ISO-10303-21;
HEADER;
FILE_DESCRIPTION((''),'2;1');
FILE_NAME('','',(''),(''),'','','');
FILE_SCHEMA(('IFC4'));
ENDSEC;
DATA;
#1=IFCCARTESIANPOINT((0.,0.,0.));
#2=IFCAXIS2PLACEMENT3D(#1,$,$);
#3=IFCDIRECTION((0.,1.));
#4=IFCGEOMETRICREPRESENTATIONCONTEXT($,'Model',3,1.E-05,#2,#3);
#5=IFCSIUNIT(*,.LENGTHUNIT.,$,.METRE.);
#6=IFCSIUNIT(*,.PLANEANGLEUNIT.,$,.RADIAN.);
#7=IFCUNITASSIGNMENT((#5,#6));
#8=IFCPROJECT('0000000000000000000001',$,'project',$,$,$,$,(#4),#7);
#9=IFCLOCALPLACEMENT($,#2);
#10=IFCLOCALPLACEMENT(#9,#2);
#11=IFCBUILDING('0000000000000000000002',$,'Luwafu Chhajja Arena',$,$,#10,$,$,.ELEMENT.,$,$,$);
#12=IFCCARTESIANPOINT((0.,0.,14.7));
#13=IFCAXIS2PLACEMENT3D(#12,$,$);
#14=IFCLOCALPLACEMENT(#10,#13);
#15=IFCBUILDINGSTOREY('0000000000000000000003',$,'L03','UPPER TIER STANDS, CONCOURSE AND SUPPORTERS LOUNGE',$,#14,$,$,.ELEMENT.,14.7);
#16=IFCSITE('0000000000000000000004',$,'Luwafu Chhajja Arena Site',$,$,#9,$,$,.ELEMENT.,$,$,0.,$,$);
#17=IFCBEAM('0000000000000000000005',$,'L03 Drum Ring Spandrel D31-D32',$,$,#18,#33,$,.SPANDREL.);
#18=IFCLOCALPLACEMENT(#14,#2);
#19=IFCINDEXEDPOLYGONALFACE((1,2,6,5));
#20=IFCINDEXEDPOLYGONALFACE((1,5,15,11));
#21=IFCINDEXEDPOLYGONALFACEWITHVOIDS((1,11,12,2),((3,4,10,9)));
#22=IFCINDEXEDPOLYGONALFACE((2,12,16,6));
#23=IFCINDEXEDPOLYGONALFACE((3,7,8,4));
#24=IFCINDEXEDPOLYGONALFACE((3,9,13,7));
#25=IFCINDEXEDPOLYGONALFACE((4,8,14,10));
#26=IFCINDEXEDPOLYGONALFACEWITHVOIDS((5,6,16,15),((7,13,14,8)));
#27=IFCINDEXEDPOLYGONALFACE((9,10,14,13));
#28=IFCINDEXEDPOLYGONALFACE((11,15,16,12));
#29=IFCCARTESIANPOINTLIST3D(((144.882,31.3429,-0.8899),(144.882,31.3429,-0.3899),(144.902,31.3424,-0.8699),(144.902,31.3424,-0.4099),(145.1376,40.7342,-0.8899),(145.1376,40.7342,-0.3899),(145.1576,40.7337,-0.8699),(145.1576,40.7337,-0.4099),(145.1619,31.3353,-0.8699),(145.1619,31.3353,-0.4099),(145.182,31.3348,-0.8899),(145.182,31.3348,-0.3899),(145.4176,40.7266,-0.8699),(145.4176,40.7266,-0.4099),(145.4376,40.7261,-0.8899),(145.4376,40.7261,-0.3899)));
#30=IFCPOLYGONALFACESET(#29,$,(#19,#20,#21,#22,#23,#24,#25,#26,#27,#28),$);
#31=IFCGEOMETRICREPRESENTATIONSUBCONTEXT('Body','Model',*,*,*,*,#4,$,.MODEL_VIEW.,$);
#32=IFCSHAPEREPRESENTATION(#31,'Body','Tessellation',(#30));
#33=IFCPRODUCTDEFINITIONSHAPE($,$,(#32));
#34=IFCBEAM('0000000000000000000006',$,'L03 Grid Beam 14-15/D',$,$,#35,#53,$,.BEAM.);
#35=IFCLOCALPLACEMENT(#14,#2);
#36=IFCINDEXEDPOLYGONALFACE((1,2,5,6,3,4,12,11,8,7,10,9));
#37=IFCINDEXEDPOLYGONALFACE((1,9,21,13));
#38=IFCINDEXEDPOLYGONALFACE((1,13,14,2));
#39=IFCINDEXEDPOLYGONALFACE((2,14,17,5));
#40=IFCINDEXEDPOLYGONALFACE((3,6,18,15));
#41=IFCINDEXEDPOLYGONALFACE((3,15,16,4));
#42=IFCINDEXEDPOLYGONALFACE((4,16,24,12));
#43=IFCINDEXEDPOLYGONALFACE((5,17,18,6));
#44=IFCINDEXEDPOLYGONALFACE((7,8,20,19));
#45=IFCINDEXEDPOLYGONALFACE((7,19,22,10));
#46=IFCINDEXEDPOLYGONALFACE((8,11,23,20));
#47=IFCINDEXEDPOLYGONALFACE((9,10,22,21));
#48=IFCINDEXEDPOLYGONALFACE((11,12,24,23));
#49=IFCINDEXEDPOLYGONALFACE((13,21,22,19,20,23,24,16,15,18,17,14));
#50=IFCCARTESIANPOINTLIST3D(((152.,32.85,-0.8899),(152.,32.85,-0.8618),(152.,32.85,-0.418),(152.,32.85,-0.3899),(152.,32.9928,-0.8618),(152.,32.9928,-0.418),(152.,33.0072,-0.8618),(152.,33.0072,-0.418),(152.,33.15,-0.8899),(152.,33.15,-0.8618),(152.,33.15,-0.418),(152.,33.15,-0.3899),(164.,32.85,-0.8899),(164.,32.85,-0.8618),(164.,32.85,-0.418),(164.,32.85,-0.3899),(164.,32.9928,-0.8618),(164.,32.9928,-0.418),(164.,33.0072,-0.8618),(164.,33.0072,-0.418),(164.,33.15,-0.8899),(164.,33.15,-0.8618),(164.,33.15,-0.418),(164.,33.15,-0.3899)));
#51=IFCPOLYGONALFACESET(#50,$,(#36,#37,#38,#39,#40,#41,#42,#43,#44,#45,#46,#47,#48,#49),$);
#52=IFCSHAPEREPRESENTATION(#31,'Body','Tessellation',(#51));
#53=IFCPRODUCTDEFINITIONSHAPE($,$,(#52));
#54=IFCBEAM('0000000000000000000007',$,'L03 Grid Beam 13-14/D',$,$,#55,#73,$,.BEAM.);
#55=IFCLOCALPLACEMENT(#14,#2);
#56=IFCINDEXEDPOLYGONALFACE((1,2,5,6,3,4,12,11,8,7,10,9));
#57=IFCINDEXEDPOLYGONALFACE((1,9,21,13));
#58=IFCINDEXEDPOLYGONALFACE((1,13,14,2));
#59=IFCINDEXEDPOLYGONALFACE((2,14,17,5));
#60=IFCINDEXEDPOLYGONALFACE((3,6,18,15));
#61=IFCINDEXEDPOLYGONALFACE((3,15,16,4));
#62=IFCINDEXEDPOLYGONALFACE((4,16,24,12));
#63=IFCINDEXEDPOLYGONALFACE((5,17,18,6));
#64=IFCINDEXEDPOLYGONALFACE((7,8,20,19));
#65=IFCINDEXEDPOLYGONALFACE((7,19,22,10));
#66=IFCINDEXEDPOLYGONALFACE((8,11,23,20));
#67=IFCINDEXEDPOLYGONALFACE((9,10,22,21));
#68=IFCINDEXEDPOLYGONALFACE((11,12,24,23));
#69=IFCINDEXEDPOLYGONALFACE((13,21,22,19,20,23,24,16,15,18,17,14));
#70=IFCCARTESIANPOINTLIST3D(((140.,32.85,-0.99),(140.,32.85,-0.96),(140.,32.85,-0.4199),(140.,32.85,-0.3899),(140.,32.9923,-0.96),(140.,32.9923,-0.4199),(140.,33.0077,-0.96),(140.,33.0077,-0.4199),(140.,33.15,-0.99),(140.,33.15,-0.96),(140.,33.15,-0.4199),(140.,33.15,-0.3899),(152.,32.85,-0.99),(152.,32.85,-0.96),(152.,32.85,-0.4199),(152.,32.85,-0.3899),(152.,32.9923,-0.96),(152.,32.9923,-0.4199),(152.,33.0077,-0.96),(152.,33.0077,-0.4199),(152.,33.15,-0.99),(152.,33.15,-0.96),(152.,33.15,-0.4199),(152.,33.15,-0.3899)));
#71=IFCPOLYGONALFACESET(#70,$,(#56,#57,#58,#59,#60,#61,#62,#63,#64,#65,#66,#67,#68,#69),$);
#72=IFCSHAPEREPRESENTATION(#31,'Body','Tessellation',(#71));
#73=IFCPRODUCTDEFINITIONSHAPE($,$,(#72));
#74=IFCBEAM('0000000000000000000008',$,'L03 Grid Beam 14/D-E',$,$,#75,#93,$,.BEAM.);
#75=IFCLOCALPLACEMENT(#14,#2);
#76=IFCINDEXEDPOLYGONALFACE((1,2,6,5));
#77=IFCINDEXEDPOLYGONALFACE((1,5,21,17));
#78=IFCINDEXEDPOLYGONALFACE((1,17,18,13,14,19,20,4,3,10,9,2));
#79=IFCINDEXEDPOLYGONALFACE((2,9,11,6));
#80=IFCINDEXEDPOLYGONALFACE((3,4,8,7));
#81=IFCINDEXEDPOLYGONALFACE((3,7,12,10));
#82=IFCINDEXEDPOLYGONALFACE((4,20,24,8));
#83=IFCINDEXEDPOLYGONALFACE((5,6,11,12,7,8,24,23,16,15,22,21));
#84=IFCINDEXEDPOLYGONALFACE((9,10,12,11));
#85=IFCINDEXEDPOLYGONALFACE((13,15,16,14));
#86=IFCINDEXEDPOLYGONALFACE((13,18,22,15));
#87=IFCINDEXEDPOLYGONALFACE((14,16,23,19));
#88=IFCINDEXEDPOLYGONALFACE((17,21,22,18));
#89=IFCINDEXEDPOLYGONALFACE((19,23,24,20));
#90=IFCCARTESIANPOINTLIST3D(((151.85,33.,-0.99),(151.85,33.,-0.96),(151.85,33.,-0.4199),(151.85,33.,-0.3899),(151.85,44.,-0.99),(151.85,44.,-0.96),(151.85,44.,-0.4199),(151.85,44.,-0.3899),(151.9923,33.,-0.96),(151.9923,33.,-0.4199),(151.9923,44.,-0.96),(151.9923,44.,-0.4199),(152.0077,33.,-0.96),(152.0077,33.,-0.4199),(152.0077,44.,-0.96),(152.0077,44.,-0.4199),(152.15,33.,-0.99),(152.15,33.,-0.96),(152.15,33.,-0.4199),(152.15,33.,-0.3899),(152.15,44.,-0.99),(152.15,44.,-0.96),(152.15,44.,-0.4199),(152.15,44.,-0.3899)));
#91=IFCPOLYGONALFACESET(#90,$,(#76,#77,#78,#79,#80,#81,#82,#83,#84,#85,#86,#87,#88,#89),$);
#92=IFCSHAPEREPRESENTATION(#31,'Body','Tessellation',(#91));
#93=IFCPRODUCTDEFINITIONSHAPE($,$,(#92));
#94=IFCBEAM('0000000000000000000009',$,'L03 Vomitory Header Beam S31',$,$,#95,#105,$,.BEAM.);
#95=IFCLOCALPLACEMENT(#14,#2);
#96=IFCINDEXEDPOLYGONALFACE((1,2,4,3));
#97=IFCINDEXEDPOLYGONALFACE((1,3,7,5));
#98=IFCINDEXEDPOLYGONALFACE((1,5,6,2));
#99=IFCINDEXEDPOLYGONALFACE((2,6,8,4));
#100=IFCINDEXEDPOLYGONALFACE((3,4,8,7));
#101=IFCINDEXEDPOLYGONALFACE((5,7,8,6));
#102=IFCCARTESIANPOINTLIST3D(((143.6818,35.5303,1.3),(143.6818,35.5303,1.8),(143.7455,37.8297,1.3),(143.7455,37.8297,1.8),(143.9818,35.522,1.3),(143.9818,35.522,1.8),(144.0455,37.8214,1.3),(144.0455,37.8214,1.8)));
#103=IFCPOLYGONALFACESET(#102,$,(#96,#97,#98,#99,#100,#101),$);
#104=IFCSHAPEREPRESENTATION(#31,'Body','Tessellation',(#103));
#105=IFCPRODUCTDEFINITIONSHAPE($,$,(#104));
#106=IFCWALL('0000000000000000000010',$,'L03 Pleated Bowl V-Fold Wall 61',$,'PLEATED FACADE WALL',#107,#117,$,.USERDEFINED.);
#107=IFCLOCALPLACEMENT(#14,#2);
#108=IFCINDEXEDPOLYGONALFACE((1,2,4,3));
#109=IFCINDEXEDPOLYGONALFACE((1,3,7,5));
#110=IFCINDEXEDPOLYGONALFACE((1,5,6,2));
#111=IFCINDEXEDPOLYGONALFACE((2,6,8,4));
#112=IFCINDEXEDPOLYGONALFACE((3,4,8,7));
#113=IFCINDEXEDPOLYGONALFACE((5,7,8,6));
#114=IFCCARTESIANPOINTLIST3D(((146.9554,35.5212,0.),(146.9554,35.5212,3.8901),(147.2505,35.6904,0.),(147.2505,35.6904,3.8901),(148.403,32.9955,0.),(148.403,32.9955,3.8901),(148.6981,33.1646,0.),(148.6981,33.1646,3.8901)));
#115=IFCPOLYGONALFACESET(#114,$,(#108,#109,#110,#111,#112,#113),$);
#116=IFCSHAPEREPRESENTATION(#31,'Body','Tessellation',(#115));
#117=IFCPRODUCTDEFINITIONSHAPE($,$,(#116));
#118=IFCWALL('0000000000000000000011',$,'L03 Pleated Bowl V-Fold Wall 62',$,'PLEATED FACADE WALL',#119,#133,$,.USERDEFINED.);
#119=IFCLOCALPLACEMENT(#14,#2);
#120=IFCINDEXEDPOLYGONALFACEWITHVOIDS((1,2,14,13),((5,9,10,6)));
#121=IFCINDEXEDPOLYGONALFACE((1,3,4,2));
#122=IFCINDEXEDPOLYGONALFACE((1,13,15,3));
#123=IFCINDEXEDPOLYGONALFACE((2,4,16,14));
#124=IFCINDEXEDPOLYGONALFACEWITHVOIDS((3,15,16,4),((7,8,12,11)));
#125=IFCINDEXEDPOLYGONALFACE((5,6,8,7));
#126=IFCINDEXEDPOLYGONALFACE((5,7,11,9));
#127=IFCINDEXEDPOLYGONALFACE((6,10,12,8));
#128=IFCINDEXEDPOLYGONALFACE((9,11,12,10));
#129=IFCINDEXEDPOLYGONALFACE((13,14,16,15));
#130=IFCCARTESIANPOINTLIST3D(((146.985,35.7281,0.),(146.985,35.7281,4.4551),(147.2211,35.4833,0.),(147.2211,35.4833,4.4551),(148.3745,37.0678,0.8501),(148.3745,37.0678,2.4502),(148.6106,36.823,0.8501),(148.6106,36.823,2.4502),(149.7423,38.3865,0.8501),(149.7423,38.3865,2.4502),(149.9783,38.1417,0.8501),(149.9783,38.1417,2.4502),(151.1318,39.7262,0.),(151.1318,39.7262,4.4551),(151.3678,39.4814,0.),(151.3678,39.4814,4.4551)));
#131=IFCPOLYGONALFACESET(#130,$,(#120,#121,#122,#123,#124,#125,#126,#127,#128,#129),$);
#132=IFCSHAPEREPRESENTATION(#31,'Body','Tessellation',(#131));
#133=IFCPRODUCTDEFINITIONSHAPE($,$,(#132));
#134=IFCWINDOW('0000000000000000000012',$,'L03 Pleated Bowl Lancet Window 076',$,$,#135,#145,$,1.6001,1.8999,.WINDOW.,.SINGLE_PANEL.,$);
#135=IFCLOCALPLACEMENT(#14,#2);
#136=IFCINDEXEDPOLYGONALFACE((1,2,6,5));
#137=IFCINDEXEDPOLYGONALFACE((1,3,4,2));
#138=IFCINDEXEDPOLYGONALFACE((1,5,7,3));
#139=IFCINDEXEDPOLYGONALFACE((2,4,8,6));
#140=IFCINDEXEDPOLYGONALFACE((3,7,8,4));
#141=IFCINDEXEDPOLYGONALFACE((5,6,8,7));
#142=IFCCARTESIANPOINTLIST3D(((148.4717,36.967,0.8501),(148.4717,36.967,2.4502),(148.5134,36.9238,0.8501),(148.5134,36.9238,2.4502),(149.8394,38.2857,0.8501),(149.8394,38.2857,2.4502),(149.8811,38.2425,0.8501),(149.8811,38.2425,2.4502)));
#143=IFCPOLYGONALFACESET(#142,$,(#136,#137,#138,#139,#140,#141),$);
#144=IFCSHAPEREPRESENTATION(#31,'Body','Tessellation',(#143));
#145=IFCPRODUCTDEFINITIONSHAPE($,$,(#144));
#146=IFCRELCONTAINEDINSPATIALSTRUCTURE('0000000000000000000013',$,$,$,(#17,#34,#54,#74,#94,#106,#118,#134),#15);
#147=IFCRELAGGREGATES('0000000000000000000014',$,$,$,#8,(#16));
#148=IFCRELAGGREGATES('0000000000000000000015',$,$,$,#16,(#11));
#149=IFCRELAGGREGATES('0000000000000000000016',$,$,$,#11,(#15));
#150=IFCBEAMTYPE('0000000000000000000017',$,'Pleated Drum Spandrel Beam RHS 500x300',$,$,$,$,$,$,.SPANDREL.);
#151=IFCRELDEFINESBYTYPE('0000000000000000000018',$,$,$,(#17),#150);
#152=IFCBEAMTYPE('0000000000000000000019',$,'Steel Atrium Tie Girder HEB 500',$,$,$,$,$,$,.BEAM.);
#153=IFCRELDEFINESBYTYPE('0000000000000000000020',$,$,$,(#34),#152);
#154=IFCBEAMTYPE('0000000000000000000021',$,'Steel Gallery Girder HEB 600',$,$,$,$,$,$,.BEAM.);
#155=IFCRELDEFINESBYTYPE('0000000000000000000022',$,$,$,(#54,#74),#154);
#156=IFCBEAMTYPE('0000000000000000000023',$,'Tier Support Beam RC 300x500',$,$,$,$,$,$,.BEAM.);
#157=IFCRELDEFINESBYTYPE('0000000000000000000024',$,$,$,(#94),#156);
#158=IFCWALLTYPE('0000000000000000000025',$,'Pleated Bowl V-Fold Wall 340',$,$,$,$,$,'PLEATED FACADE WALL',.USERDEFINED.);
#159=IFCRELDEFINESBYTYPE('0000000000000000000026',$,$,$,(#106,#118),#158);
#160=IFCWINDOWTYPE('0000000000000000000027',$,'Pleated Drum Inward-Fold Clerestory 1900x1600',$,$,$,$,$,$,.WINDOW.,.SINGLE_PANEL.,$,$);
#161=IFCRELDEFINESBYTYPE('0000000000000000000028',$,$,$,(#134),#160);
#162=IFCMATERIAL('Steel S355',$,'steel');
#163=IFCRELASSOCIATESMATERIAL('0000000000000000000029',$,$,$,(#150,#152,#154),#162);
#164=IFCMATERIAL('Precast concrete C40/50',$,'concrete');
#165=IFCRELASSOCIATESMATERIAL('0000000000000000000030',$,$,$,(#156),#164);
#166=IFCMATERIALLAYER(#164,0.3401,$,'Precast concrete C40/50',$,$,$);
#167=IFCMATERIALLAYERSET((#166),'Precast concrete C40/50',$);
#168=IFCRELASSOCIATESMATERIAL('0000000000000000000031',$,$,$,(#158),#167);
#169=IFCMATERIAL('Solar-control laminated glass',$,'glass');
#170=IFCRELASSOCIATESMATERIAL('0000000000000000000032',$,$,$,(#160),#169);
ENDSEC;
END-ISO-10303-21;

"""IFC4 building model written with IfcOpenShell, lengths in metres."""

from ifc_helpers import new_model, si_unit, direction, frame, frame_2d, origin, origin_2d, place, context, subcontext, project, spatial, rectangle, hollow_rectangle, i_section, extrude, material, layer, layer_set, material_profile, profile_set, type_object, element, fill, save


model = new_model("IFC4")

# Units and contexts
model_context = context("Model", 3, precision=1e-05, world=origin(), true_north=direction((0.0, 1.0)))
body_context = subcontext(model_context, "Body", "Model", "MODEL_VIEW")
ifc_project = project(units=[si_unit("LENGTHUNIT", "METRE"), si_unit("PLANEANGLEUNIT", "RADIAN")], contexts=[model_context])

# Site, building, storey
site_placement = place(None, origin())
site = spatial("IfcSite", under=ifc_project, at=site_placement, Name="Luwafu Chhajja Arena Site", CompositionType="ELEMENT", RefElevation=0.0)
building_placement = place(site_placement, origin())
building = spatial("IfcBuilding", under=site, at=building_placement, Name="Luwafu Chhajja Arena", CompositionType="ELEMENT")
storey_placement = place(building_placement, frame((0.0, 0.0, 14.7)))
storey = spatial("IfcBuildingStorey", under=building, at=storey_placement, Name="L03", Description="UPPER TIER STANDS, CONCOURSE AND SUPPORTERS LOUNGE", CompositionType="ELEMENT", Elevation=14.7)

# Shared definitions
ifc_material_1 = material(Name="Steel S355", Category="steel")

# Beams
ifc_material_profile_1 = material_profile(ifc_material_1, hollow_rectangle(XDim=0.3, YDim=0.5, WallThickness=0.02, at=origin_2d()), Name="RHS 500x300x20")
ifc_profile_set_1 = profile_set([ifc_material_profile_1], Name="Steel S355")
beam_type_1 = type_object("IfcBeamType", Name="Pleated Drum Spandrel Beam RHS 500x300", PredefinedType="SPANDREL", material=ifc_profile_set_1)
beam_1_placement = place(storey_placement, frame((145.032, 31.3389, -0.6399), z_axis=(0.027208, 0.99963, 0.0), x_axis=(-0.99963, 0.027208, 0.0)))
element("IfcBeam", 1, at=beam_1_placement, inside=storey, type_object=beam_type_1, Name="L03 Drum Ring Spandrel D31-D32", PredefinedType="SPANDREL", context=body_context, shape_type="SweptSolid", body=[
    extrude(hollow_rectangle(XDim=0.3, YDim=0.5, WallThickness=0.02, at=origin_2d()), origin(), (0.0, 0.0, 1.0), 9.3948),
])
ifc_material_profile_2 = material_profile(ifc_material_1, i_section(OverallWidth=0.3, OverallDepth=0.5, WebThickness=0.0144, FlangeThickness=0.0281, at=origin_2d()), Name="HEB 500")
ifc_profile_set_2 = profile_set([ifc_material_profile_2], Name="Steel S355")
beam_type_2 = type_object("IfcBeamType", Name="Steel Atrium Tie Girder HEB 500", PredefinedType="BEAM", material=ifc_profile_set_2)
beam_2_placement = place(storey_placement, frame((152.0, 33.0, -0.6399), z_axis=(1.0, 0.0, 0.0), x_axis=(0.0, 1.0, 0.0)))
element("IfcBeam", 2, at=beam_2_placement, inside=storey, type_object=beam_type_2, Name="L03 Grid Beam 14-15/D", PredefinedType="BEAM", context=body_context, shape_type="SweptSolid", body=[
    extrude(i_section(OverallWidth=0.3, OverallDepth=0.5, WebThickness=0.0144, FlangeThickness=0.0281, at=origin_2d()), origin(), (0.0, 0.0, 1.0), 12.0),
])
ifc_material_profile_3 = material_profile(ifc_material_1, i_section(OverallWidth=0.3, OverallDepth=0.6001, WebThickness=0.0154, FlangeThickness=0.03, at=origin_2d()), Name="HEB 600")
ifc_profile_set_3 = profile_set([ifc_material_profile_3], Name="Steel S355")
beam_type_3 = type_object("IfcBeamType", Name="Steel Gallery Girder HEB 600", PredefinedType="BEAM", material=ifc_profile_set_3)
beam_3_placement = place(storey_placement, frame((140.0, 33.0, -0.6899), z_axis=(1.0, 0.0, 0.0), x_axis=(0.0, 1.0, 0.0)))
element("IfcBeam", 3, at=beam_3_placement, inside=storey, type_object=beam_type_3, Name="L03 Grid Beam 13-14/D", PredefinedType="BEAM", context=body_context, shape_type="SweptSolid", body=[
    extrude(i_section(OverallWidth=0.3, OverallDepth=0.6001, WebThickness=0.0154, FlangeThickness=0.03, at=origin_2d()), origin(), (0.0, 0.0, 1.0), 12.0),
])
beam_4_placement = place(storey_placement, frame((152.0, 33.0, -0.6899), z_axis=(0.0, 1.0, 0.0), x_axis=(-1.0, 0.0, 0.0)))
element("IfcBeam", 4, at=beam_4_placement, inside=storey, type_object=beam_type_3, Name="L03 Grid Beam 14/D-E", PredefinedType="BEAM", context=body_context, shape_type="SweptSolid", body=[
    extrude(i_section(OverallWidth=0.3, OverallDepth=0.6001, WebThickness=0.0154, FlangeThickness=0.03, at=origin_2d()), origin(), (0.0, 0.0, 1.0), 11.0),
])
ifc_material_2 = material(Name="Precast concrete C40/50", Category="concrete")
ifc_material_profile_4 = material_profile(ifc_material_2, rectangle(XDim=0.3, YDim=0.5, at=origin_2d()), Name="RC 300x500")
ifc_profile_set_4 = profile_set([ifc_material_profile_4], Name="Precast concrete C40/50")
beam_type_4 = type_object("IfcBeamType", Name="Tier Support Beam RC 300x500", PredefinedType="BEAM", material=ifc_profile_set_4)
beam_5_placement = place(storey_placement, frame((143.8318, 35.5261, 1.55), z_axis=(0.027702, 0.999616, 0.0), x_axis=(-0.999616, 0.027702, 0.0)))
element("IfcBeam", 5, at=beam_5_placement, inside=storey, type_object=beam_type_4, Name="L03 Vomitory Header Beam S31", PredefinedType="BEAM", context=body_context, shape_type="SweptSolid", body=[
    extrude(rectangle(XDim=0.3, YDim=0.5, at=origin_2d()), origin(), (0.0, 0.0, 1.0), 2.3003),
])

# Wall
ifc_layer_1 = layer(ifc_material_2, 0.3401, Name="Precast concrete C40/50")
ifc_layer_set_1 = layer_set([ifc_layer_1], Name="Precast concrete C40/50")
wall_type_1 = type_object("IfcWallType", Name="Pleated Bowl V-Fold Wall 340", ElementType="PLEATED FACADE WALL", PredefinedType="USERDEFINED", material=ifc_layer_set_1)
wall_1_placement = place(storey_placement, frame((148.5505, 33.0801, 0.0), z_axis=(0.0, 0.0, 1.0), x_axis=(-0.497249, 0.867608, 0.0)))
element("IfcWall", 6, at=wall_1_placement, inside=storey, type_object=wall_type_1, Name="L03 Pleated Bowl V-Fold Wall 61", ObjectType="PLEATED FACADE WALL", PredefinedType="USERDEFINED", context=body_context, shape_type="SweptSolid", body=[
    extrude(rectangle(XDim=2.9111, YDim=0.3401, at=frame_2d((1.4556, 0.0))), origin(), (0.0, 0.0, 1.0), 3.8901),
])

# Wall, opening, window
wall_2_placement = place(storey_placement, frame((147.103, 35.6057, 0.0), z_axis=(0.0, 0.0, 1.0), x_axis=(0.719895, 0.694083, 0.0)))
wall_2 = element("IfcWall", 7, at=wall_2_placement, inside=storey, type_object=wall_type_1, Name="L03 Pleated Bowl V-Fold Wall 62", ObjectType="PLEATED FACADE WALL", PredefinedType="USERDEFINED", context=body_context, shape_type="SweptSolid", body=[
    extrude(rectangle(XDim=5.7603, YDim=0.3401, at=frame_2d((2.8801, 0.0))), origin(), (0.0, 0.0, 1.0), 4.4551),
])
opening_1_placement = place(wall_2_placement, frame((1.9302, 0.0, 0.8501)))
opening_1 = element("IfcOpeningElement", 8, at=opening_1_placement, cuts=wall_2, PredefinedType="OPENING", context=body_context, shape_type="SweptSolid", body=[
    extrude(rectangle(XDim=1.8999, YDim=1.6001, at=frame_2d((0.95, 0.8))), frame((0.0, 0.1799, 0.0), z_axis=(0.0, -1.0, 0.0), x_axis=(1.0, 0.0, 0.0)), (0.0, 0.0, 1.0), 0.3601),
])
ifc_material_3 = material(Name="Solar-control laminated glass", Category="glass")
window_type_1 = type_object("IfcWindowType", Name="Pleated Drum Inward-Fold Clerestory 1900x1600", PartitioningType="SINGLE_PANEL", PredefinedType="WINDOW", material=ifc_material_3)
window_1_placement = place(opening_1_placement, origin())
window_1 = element("IfcWindow", 9, at=window_1_placement, inside=storey, type_object=window_type_1, Name="L03 Pleated Bowl Lancet Window 076", OverallHeight=1.6001, OverallWidth=1.8999, PartitioningType="SINGLE_PANEL", PredefinedType="WINDOW", context=body_context, shape_type="SweptSolid", body=[
    extrude(rectangle(XDim=1.8999, YDim=1.6001, at=frame_2d((0.95, 0.8))), frame((0.0, 0.03, 0.0), z_axis=(0.0, -1.0, 0.0), x_axis=(1.0, 0.0, 0.0)), (0.0, 0.0, 1.0), 0.0601),
])
fill(opening_1, window_1)

save(model, "model.ifc")
